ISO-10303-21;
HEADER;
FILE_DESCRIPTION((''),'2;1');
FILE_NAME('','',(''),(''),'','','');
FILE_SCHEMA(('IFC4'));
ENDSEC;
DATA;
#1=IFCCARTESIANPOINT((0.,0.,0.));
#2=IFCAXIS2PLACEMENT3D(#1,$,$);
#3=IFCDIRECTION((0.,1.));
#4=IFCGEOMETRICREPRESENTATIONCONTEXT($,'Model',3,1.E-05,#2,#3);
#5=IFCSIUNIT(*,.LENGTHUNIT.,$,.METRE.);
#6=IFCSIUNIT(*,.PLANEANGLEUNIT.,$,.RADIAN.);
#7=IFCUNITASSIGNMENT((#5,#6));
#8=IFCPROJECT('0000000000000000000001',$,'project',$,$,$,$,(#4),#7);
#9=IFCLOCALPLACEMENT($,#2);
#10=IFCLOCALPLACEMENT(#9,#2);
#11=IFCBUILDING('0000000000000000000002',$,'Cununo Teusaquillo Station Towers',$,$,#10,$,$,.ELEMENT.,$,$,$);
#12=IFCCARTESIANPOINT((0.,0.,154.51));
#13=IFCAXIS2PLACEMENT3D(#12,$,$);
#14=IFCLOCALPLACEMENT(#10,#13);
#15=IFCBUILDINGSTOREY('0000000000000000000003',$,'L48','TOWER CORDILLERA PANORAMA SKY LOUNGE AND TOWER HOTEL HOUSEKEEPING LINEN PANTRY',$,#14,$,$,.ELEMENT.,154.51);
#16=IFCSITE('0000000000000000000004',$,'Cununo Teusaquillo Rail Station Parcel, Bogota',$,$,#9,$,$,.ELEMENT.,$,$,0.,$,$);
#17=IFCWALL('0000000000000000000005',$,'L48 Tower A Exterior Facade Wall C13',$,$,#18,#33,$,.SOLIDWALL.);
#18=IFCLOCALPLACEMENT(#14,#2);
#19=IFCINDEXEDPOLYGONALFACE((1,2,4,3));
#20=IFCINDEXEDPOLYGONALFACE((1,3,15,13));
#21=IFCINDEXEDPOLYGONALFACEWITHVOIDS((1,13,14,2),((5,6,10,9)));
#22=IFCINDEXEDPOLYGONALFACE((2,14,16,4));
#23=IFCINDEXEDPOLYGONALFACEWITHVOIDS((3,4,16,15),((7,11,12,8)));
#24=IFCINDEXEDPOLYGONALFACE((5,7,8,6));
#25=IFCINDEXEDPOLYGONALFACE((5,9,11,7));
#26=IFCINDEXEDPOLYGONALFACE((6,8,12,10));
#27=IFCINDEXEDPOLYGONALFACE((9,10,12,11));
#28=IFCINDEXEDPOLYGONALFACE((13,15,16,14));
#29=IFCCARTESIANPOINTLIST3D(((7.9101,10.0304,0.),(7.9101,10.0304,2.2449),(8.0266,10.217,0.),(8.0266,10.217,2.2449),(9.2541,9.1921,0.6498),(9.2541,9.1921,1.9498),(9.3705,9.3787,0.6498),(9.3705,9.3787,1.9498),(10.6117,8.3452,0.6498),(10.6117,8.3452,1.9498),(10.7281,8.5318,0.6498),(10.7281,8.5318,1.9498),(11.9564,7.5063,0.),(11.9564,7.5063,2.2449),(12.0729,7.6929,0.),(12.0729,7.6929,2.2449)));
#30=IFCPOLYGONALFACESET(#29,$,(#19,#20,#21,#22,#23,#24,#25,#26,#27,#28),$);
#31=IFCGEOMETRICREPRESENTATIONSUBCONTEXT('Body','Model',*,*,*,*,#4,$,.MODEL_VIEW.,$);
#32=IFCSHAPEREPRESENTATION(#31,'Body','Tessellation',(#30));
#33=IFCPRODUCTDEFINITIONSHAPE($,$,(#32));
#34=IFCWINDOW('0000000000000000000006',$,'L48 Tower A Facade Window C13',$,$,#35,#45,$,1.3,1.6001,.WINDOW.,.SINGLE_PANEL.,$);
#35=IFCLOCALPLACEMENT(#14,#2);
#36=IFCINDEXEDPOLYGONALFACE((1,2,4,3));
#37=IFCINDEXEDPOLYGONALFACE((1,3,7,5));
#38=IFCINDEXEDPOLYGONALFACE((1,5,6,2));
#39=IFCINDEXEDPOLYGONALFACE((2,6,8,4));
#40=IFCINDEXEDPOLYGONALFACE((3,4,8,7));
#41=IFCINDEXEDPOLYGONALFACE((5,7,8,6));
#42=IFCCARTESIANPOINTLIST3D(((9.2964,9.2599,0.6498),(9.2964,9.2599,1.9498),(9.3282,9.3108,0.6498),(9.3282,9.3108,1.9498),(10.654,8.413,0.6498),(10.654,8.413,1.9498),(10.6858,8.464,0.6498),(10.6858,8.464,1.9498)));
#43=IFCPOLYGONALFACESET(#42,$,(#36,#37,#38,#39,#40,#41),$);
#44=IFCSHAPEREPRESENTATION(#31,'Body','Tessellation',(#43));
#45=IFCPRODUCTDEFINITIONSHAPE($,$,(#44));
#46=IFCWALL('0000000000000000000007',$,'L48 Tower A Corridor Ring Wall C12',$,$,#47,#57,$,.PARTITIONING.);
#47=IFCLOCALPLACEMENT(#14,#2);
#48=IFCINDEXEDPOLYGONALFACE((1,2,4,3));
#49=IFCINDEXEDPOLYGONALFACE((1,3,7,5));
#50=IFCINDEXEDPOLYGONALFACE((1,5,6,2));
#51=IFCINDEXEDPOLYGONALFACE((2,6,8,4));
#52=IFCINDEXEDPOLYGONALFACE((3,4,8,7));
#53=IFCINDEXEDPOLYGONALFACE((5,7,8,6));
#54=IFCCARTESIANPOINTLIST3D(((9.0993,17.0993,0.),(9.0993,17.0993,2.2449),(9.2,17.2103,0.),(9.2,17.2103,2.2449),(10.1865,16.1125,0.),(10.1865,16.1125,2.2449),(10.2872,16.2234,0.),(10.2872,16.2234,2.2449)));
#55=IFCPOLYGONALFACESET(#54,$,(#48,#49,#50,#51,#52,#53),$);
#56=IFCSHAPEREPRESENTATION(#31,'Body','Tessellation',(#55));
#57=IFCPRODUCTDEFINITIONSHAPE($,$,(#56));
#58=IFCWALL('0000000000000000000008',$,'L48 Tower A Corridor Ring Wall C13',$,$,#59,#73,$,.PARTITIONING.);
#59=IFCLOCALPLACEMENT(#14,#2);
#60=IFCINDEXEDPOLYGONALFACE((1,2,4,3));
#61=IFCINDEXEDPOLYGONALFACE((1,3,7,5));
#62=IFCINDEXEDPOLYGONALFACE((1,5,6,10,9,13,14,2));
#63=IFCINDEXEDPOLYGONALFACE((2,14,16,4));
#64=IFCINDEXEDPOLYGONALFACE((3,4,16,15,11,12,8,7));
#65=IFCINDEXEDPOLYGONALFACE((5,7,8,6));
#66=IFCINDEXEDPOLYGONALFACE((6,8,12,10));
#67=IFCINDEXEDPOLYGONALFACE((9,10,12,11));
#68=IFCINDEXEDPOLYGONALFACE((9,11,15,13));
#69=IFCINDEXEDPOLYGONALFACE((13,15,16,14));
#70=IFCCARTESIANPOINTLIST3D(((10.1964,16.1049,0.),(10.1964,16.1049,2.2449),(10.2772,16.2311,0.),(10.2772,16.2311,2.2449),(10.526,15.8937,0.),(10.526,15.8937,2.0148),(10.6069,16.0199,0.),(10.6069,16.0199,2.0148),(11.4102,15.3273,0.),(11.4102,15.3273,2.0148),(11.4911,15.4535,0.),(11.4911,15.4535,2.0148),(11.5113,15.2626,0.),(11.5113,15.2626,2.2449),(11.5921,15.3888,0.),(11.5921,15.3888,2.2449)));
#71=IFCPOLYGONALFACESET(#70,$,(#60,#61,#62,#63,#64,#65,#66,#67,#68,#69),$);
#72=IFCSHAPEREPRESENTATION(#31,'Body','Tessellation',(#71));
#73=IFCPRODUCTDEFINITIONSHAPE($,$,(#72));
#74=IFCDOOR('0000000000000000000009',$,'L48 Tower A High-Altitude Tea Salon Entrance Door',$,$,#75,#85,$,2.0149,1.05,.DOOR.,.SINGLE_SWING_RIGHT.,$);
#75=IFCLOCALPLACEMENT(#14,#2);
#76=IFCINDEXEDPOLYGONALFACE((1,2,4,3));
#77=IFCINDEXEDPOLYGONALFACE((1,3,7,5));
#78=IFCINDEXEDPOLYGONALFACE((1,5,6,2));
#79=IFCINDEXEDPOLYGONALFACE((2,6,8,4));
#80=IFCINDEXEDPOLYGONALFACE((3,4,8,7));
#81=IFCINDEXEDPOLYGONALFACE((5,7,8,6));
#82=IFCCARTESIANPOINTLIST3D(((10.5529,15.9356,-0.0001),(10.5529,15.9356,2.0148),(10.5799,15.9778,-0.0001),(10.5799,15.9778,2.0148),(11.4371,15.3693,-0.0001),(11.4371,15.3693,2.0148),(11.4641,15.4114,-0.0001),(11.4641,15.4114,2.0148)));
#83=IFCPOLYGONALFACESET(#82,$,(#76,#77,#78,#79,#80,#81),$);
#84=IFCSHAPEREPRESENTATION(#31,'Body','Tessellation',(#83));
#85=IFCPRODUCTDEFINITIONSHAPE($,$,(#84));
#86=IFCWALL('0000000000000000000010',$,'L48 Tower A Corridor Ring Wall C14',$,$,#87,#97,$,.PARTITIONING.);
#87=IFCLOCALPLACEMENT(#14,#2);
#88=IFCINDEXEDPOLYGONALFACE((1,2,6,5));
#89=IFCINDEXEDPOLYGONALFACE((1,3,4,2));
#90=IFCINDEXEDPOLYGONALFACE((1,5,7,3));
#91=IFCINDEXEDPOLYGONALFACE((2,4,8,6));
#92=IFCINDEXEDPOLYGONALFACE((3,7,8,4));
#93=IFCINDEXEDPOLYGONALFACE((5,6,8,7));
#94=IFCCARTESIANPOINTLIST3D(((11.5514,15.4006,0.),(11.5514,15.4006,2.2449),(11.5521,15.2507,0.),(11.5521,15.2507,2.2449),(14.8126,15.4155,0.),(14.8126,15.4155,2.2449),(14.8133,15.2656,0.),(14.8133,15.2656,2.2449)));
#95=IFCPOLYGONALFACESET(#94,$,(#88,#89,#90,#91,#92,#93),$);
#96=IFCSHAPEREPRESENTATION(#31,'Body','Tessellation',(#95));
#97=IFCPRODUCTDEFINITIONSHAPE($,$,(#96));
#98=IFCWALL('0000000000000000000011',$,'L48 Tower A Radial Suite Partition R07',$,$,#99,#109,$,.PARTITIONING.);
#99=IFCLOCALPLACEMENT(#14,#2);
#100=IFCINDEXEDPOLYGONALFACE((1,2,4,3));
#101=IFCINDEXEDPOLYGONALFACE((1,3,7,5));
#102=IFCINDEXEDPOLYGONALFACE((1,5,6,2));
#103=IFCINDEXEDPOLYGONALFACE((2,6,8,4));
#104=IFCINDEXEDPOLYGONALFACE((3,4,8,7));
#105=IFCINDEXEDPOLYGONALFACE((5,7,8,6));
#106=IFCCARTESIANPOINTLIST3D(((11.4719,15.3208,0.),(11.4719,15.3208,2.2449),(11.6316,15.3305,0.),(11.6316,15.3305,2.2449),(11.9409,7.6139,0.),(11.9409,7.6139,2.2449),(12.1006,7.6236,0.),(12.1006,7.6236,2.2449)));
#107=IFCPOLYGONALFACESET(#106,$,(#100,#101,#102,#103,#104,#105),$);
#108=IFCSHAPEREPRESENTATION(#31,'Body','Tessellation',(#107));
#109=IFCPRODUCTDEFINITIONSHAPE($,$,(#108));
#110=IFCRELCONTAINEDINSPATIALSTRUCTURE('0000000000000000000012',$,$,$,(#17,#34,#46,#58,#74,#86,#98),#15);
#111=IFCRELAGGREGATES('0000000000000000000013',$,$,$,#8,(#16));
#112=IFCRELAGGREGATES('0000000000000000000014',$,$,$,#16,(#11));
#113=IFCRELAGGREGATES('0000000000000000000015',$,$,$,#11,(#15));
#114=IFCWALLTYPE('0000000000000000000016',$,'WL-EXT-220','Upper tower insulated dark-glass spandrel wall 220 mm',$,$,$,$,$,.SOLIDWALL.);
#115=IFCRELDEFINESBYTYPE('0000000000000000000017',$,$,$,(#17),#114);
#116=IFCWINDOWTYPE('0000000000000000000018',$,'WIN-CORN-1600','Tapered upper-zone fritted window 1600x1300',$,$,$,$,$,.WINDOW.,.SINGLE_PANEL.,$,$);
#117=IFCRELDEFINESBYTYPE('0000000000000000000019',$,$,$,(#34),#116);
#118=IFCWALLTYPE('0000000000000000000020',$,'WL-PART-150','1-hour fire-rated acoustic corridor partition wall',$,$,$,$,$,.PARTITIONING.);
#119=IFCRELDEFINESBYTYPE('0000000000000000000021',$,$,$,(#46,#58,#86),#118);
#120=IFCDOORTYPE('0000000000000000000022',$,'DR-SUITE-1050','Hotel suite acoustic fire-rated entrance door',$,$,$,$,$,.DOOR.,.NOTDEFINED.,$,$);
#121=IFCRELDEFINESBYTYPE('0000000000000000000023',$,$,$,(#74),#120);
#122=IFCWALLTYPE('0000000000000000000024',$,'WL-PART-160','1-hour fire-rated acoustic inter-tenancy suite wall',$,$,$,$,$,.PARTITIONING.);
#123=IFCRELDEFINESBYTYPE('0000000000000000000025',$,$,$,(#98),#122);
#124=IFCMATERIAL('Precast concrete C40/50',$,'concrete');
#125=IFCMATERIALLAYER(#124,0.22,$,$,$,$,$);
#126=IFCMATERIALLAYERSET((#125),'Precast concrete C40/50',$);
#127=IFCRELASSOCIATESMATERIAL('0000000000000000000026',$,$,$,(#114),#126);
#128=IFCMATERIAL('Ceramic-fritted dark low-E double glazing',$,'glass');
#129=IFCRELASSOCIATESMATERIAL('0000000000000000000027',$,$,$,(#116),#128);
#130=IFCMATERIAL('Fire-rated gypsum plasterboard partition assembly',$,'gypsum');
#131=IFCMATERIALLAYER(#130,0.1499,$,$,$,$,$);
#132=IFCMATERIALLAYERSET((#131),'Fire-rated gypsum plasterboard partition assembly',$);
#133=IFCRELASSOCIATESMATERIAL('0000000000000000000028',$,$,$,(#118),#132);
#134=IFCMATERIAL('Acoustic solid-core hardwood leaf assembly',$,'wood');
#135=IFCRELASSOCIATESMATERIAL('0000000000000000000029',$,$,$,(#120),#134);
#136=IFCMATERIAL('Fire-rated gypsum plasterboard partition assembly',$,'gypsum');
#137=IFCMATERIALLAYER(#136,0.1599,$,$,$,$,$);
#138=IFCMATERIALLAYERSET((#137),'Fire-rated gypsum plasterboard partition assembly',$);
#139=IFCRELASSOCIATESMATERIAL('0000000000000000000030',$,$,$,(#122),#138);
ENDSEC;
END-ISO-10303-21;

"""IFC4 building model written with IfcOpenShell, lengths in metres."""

from ifc_helpers import new_model, si_unit, direction, frame, frame_2d, origin, place, context, subcontext, project, spatial, rectangle, extrude, source, transform, mapped, material, layer, layer_set, type_object, element, fill, save


model = new_model("IFC4")

# Units and contexts
model_context = context("Model", 3, precision=1e-05, world=origin(), true_north=direction((0.0, 1.0)))
body_context = subcontext(model_context, "Body", "Model", "MODEL_VIEW")
ifc_project = project(units=[si_unit("LENGTHUNIT", "METRE"), si_unit("PLANEANGLEUNIT", "RADIAN")], contexts=[model_context])

# Site, building, storey
site_placement = place(None, origin())
site = spatial("IfcSite", under=ifc_project, at=site_placement, Name="Cununo Teusaquillo Rail Station Parcel, Bogota", CompositionType="ELEMENT", RefElevation=0.0)
building_placement = place(site_placement, origin())
building = spatial("IfcBuilding", under=site, at=building_placement, Name="Cununo Teusaquillo Station Towers", CompositionType="ELEMENT")
storey_placement = place(building_placement, frame((0.0, 0.0, 154.51)))
storey = spatial("IfcBuildingStorey", under=building, at=storey_placement, Name="L48", Description="TOWER CORDILLERA PANORAMA SKY LOUNGE AND TOWER HOTEL HOUSEKEEPING LINEN PANTRY", CompositionType="ELEMENT", Elevation=154.51)

# Shared definitions
ifc_material_1 = material(Name="Precast concrete C40/50", Category="concrete")
ifc_layer_1 = layer(ifc_material_1, 0.22)
ifc_layer_set_1 = layer_set([ifc_layer_1], Name="Precast concrete C40/50")
wall_type_1 = type_object("IfcWallType", Name="WL-EXT-220", Description="Upper tower insulated dark-glass spandrel wall 220 mm", PredefinedType="SOLIDWALL", material=ifc_layer_set_1)
shared_shape_1 = source(origin(), body_context, "Body", "SweptSolid", [
    extrude(rectangle(XDim=1.6001, YDim=1.3, at=frame_2d((0.8, 0.6499))), frame((0.0, 0.1199, 0.0), z_axis=(0.0, -1.0, 0.0), x_axis=(1.0, 0.0, 0.0)), (0.0, 0.0, 1.0), 0.24),
])
ifc_material_2 = material(Name="Ceramic-fritted dark low-E double glazing", Category="glass")
window_type = type_object("IfcWindowType", Name="WIN-CORN-1600", Description="Tapered upper-zone fritted window 1600x1300", PartitioningType="SINGLE_PANEL", PredefinedType="WINDOW", material=ifc_material_2)
shared_shape_2 = source(origin(), body_context, "Body", "SweptSolid", [
    extrude(rectangle(XDim=1.6001, YDim=1.3, at=frame_2d((0.8, 0.6499))), frame((0.0, 0.03, 0.0), z_axis=(0.0, -1.0, 0.0), x_axis=(1.0, 0.0, 0.0)), (0.0, 0.0, 1.0), 0.0601),
])

# Wall, opening, window
wall_1_placement = place(storey_placement, frame((12.0146, 7.5996, 0.0), z_axis=(0.0, 0.0, 1.0), x_axis=(-0.848452, 0.529272, 0.0)))
wall_1 = element("IfcWall", 1, at=wall_1_placement, inside=storey, type_object=wall_type_1, Name="L48 Tower A Exterior Facade Wall C13", PredefinedType="SOLIDWALL", context=body_context, shape_type="SweptSolid", body=[
    extrude(rectangle(XDim=4.769, YDim=0.22, at=frame_2d((2.3845, 0.0))), origin(), (0.0, 0.0, 1.0), 2.2449),
])
opening_1_placement = place(wall_1_placement, frame((1.585, 0.0, 0.6499)))
opening_1 = element("IfcOpeningElement", 2, at=opening_1_placement, cuts=wall_1, PredefinedType="OPENING", context=body_context, shape_type="MappedRepresentation", body=[
    mapped(shared_shape_1, transform((0.0, 0.0, 0.0), x_axis=(1.0, 0.0, 0.0), y_axis=(0.0, 1.0, 0.0), z_axis=(0.0, 0.0, 1.0), scale=1.0)),
])
window_1_placement = place(opening_1_placement, origin())
window_1 = element("IfcWindow", 3, at=window_1_placement, inside=storey, type_object=window_type, Name="L48 Tower A Facade Window C13", OverallHeight=1.3, OverallWidth=1.6001, PartitioningType="SINGLE_PANEL", PredefinedType="WINDOW", context=body_context, shape_type="MappedRepresentation", body=[
    mapped(shared_shape_2, transform((0.0, 0.0, 0.0), x_axis=(1.0, 0.0, 0.0), y_axis=(0.0, 1.0, 0.0), z_axis=(0.0, 0.0, 1.0), scale=1.0)),
])
fill(opening_1, window_1)

# Wall
ifc_material_3 = material(Name="Fire-rated gypsum plasterboard partition assembly", Category="gypsum")
ifc_layer_2 = layer(ifc_material_3, 0.1499)
ifc_layer_set_2 = layer_set([ifc_layer_2], Name="Fire-rated gypsum plasterboard partition assembly")
wall_type_2 = type_object("IfcWallType", Name="WL-PART-150", Description="1-hour fire-rated acoustic corridor partition wall", PredefinedType="PARTITIONING", material=ifc_layer_set_2)
wall_2_placement = place(storey_placement, frame((9.1497, 17.1548, 0.0), z_axis=(0.0, 0.0, 1.0), x_axis=(0.740451, -0.67211, 0.0)))
element("IfcWall", 4, at=wall_2_placement, inside=storey, type_object=wall_type_2, Name="L48 Tower A Corridor Ring Wall C12", PredefinedType="PARTITIONING", context=body_context, shape_type="SweptSolid", body=[
    extrude(rectangle(XDim=1.4683, YDim=0.1499, at=frame_2d((0.7341, 0.0))), origin(), (0.0, 0.0, 1.0), 2.2449),
])

# Wall, opening, door
wall_3_placement = place(storey_placement, frame((10.2368, 16.168, 0.0), z_axis=(0.0, 0.0, 1.0), x_axis=(0.842061, -0.539382, 0.0)))
wall_3 = element("IfcWall", 5, at=wall_3_placement, inside=storey, type_object=wall_type_2, Name="L48 Tower A Corridor Ring Wall C13", PredefinedType="PARTITIONING", context=body_context, shape_type="SweptSolid", body=[
    extrude(rectangle(XDim=1.5615, YDim=0.1499, at=frame_2d((0.7808, 0.0))), origin(), (0.0, 0.0, 1.0), 2.2449),
])
shared_shape_3 = source(origin(), body_context, "Body", "SweptSolid", [
    extrude(rectangle(XDim=1.05, YDim=2.0149, at=frame_2d((0.5249, 1.0073))), frame((0.0, 0.085, 0.0), z_axis=(0.0, -1.0, 0.0), x_axis=(1.0, 0.0, 0.0)), (0.0, 0.0, 1.0), 0.1699),
])
opening_2_placement = place(wall_3_placement, frame((0.3916, 0.0, 0.0)))
opening_2 = element("IfcOpeningElement", 6, at=opening_2_placement, cuts=wall_3, PredefinedType="OPENING", context=body_context, shape_type="MappedRepresentation", body=[
    mapped(shared_shape_3, transform((0.0, 0.0, 0.0), x_axis=(1.0, 0.0, 0.0), y_axis=(0.0, 1.0, 0.0), z_axis=(0.0, 0.0, 1.0), scale=1.0)),
])
ifc_material_4 = material(Name="Acoustic solid-core hardwood leaf assembly", Category="wood")
door_type = type_object("IfcDoorType", Name="DR-SUITE-1050", Description="Hotel suite acoustic fire-rated entrance door", OperationType="NOTDEFINED", PredefinedType="DOOR", material=ifc_material_4)
shared_shape_4 = source(origin(), body_context, "Body", "SweptSolid", [
    extrude(rectangle(XDim=1.05, YDim=2.0149, at=frame_2d((0.5249, 1.0073))), frame((0.0, 0.0249, 0.0), z_axis=(0.0, -1.0, 0.0), x_axis=(1.0, 0.0, 0.0)), (0.0, 0.0, 1.0), 0.05),
])
door_placement = place(opening_2_placement, origin())
door = element("IfcDoor", 7, at=door_placement, inside=storey, type_object=door_type, Name="L48 Tower A High-Altitude Tea Salon Entrance Door", OperationType="SINGLE_SWING_RIGHT", OverallHeight=2.0149, OverallWidth=1.05, PredefinedType="DOOR", context=body_context, shape_type="MappedRepresentation", body=[
    mapped(shared_shape_4, transform((0.0, 0.0, 0.0), x_axis=(1.0, 0.0, 0.0), y_axis=(0.0, 1.0, 0.0), z_axis=(0.0, 0.0, 1.0), scale=1.0)),
])
fill(opening_2, door)

# Walls
wall_4_placement = place(storey_placement, frame((11.5518, 15.3257, 0.0), z_axis=(0.0, 0.0, 1.0), x_axis=(0.99999, 0.004567, 0.0)))
element("IfcWall", 8, at=wall_4_placement, inside=storey, type_object=wall_type_2, Name="L48 Tower A Corridor Ring Wall C14", PredefinedType="PARTITIONING", context=body_context, shape_type="SweptSolid", body=[
    extrude(rectangle(XDim=3.2612, YDim=0.1499, at=frame_2d((1.6306, 0.0))), origin(), (0.0, 0.0, 1.0), 2.2449),
])
ifc_material_5 = material(Name="Fire-rated gypsum plasterboard partition assembly", Category="gypsum")
ifc_layer_3 = layer(ifc_material_5, 0.1599)
ifc_layer_set_3 = layer_set([ifc_layer_3], Name="Fire-rated gypsum plasterboard partition assembly")
wall_type_3 = type_object("IfcWallType", Name="WL-PART-160", Description="1-hour fire-rated acoustic inter-tenancy suite wall", PredefinedType="PARTITIONING", material=ifc_layer_set_3)
wall_5_placement = place(storey_placement, frame((11.5518, 15.3257, 0.0), z_axis=(0.0, 0.0, 1.0), x_axis=(0.06074, -0.998154, 0.0)))
element("IfcWall", 9, at=wall_5_placement, inside=storey, type_object=wall_type_3, Name="L48 Tower A Radial Suite Partition R07", PredefinedType="PARTITIONING", context=body_context, shape_type="SweptSolid", body=[
    extrude(rectangle(XDim=7.7212, YDim=0.1599, at=frame_2d((3.8606, 0.0))), origin(), (0.0, 0.0, 1.0), 2.2449),
])

save(model, "model.ifc")
